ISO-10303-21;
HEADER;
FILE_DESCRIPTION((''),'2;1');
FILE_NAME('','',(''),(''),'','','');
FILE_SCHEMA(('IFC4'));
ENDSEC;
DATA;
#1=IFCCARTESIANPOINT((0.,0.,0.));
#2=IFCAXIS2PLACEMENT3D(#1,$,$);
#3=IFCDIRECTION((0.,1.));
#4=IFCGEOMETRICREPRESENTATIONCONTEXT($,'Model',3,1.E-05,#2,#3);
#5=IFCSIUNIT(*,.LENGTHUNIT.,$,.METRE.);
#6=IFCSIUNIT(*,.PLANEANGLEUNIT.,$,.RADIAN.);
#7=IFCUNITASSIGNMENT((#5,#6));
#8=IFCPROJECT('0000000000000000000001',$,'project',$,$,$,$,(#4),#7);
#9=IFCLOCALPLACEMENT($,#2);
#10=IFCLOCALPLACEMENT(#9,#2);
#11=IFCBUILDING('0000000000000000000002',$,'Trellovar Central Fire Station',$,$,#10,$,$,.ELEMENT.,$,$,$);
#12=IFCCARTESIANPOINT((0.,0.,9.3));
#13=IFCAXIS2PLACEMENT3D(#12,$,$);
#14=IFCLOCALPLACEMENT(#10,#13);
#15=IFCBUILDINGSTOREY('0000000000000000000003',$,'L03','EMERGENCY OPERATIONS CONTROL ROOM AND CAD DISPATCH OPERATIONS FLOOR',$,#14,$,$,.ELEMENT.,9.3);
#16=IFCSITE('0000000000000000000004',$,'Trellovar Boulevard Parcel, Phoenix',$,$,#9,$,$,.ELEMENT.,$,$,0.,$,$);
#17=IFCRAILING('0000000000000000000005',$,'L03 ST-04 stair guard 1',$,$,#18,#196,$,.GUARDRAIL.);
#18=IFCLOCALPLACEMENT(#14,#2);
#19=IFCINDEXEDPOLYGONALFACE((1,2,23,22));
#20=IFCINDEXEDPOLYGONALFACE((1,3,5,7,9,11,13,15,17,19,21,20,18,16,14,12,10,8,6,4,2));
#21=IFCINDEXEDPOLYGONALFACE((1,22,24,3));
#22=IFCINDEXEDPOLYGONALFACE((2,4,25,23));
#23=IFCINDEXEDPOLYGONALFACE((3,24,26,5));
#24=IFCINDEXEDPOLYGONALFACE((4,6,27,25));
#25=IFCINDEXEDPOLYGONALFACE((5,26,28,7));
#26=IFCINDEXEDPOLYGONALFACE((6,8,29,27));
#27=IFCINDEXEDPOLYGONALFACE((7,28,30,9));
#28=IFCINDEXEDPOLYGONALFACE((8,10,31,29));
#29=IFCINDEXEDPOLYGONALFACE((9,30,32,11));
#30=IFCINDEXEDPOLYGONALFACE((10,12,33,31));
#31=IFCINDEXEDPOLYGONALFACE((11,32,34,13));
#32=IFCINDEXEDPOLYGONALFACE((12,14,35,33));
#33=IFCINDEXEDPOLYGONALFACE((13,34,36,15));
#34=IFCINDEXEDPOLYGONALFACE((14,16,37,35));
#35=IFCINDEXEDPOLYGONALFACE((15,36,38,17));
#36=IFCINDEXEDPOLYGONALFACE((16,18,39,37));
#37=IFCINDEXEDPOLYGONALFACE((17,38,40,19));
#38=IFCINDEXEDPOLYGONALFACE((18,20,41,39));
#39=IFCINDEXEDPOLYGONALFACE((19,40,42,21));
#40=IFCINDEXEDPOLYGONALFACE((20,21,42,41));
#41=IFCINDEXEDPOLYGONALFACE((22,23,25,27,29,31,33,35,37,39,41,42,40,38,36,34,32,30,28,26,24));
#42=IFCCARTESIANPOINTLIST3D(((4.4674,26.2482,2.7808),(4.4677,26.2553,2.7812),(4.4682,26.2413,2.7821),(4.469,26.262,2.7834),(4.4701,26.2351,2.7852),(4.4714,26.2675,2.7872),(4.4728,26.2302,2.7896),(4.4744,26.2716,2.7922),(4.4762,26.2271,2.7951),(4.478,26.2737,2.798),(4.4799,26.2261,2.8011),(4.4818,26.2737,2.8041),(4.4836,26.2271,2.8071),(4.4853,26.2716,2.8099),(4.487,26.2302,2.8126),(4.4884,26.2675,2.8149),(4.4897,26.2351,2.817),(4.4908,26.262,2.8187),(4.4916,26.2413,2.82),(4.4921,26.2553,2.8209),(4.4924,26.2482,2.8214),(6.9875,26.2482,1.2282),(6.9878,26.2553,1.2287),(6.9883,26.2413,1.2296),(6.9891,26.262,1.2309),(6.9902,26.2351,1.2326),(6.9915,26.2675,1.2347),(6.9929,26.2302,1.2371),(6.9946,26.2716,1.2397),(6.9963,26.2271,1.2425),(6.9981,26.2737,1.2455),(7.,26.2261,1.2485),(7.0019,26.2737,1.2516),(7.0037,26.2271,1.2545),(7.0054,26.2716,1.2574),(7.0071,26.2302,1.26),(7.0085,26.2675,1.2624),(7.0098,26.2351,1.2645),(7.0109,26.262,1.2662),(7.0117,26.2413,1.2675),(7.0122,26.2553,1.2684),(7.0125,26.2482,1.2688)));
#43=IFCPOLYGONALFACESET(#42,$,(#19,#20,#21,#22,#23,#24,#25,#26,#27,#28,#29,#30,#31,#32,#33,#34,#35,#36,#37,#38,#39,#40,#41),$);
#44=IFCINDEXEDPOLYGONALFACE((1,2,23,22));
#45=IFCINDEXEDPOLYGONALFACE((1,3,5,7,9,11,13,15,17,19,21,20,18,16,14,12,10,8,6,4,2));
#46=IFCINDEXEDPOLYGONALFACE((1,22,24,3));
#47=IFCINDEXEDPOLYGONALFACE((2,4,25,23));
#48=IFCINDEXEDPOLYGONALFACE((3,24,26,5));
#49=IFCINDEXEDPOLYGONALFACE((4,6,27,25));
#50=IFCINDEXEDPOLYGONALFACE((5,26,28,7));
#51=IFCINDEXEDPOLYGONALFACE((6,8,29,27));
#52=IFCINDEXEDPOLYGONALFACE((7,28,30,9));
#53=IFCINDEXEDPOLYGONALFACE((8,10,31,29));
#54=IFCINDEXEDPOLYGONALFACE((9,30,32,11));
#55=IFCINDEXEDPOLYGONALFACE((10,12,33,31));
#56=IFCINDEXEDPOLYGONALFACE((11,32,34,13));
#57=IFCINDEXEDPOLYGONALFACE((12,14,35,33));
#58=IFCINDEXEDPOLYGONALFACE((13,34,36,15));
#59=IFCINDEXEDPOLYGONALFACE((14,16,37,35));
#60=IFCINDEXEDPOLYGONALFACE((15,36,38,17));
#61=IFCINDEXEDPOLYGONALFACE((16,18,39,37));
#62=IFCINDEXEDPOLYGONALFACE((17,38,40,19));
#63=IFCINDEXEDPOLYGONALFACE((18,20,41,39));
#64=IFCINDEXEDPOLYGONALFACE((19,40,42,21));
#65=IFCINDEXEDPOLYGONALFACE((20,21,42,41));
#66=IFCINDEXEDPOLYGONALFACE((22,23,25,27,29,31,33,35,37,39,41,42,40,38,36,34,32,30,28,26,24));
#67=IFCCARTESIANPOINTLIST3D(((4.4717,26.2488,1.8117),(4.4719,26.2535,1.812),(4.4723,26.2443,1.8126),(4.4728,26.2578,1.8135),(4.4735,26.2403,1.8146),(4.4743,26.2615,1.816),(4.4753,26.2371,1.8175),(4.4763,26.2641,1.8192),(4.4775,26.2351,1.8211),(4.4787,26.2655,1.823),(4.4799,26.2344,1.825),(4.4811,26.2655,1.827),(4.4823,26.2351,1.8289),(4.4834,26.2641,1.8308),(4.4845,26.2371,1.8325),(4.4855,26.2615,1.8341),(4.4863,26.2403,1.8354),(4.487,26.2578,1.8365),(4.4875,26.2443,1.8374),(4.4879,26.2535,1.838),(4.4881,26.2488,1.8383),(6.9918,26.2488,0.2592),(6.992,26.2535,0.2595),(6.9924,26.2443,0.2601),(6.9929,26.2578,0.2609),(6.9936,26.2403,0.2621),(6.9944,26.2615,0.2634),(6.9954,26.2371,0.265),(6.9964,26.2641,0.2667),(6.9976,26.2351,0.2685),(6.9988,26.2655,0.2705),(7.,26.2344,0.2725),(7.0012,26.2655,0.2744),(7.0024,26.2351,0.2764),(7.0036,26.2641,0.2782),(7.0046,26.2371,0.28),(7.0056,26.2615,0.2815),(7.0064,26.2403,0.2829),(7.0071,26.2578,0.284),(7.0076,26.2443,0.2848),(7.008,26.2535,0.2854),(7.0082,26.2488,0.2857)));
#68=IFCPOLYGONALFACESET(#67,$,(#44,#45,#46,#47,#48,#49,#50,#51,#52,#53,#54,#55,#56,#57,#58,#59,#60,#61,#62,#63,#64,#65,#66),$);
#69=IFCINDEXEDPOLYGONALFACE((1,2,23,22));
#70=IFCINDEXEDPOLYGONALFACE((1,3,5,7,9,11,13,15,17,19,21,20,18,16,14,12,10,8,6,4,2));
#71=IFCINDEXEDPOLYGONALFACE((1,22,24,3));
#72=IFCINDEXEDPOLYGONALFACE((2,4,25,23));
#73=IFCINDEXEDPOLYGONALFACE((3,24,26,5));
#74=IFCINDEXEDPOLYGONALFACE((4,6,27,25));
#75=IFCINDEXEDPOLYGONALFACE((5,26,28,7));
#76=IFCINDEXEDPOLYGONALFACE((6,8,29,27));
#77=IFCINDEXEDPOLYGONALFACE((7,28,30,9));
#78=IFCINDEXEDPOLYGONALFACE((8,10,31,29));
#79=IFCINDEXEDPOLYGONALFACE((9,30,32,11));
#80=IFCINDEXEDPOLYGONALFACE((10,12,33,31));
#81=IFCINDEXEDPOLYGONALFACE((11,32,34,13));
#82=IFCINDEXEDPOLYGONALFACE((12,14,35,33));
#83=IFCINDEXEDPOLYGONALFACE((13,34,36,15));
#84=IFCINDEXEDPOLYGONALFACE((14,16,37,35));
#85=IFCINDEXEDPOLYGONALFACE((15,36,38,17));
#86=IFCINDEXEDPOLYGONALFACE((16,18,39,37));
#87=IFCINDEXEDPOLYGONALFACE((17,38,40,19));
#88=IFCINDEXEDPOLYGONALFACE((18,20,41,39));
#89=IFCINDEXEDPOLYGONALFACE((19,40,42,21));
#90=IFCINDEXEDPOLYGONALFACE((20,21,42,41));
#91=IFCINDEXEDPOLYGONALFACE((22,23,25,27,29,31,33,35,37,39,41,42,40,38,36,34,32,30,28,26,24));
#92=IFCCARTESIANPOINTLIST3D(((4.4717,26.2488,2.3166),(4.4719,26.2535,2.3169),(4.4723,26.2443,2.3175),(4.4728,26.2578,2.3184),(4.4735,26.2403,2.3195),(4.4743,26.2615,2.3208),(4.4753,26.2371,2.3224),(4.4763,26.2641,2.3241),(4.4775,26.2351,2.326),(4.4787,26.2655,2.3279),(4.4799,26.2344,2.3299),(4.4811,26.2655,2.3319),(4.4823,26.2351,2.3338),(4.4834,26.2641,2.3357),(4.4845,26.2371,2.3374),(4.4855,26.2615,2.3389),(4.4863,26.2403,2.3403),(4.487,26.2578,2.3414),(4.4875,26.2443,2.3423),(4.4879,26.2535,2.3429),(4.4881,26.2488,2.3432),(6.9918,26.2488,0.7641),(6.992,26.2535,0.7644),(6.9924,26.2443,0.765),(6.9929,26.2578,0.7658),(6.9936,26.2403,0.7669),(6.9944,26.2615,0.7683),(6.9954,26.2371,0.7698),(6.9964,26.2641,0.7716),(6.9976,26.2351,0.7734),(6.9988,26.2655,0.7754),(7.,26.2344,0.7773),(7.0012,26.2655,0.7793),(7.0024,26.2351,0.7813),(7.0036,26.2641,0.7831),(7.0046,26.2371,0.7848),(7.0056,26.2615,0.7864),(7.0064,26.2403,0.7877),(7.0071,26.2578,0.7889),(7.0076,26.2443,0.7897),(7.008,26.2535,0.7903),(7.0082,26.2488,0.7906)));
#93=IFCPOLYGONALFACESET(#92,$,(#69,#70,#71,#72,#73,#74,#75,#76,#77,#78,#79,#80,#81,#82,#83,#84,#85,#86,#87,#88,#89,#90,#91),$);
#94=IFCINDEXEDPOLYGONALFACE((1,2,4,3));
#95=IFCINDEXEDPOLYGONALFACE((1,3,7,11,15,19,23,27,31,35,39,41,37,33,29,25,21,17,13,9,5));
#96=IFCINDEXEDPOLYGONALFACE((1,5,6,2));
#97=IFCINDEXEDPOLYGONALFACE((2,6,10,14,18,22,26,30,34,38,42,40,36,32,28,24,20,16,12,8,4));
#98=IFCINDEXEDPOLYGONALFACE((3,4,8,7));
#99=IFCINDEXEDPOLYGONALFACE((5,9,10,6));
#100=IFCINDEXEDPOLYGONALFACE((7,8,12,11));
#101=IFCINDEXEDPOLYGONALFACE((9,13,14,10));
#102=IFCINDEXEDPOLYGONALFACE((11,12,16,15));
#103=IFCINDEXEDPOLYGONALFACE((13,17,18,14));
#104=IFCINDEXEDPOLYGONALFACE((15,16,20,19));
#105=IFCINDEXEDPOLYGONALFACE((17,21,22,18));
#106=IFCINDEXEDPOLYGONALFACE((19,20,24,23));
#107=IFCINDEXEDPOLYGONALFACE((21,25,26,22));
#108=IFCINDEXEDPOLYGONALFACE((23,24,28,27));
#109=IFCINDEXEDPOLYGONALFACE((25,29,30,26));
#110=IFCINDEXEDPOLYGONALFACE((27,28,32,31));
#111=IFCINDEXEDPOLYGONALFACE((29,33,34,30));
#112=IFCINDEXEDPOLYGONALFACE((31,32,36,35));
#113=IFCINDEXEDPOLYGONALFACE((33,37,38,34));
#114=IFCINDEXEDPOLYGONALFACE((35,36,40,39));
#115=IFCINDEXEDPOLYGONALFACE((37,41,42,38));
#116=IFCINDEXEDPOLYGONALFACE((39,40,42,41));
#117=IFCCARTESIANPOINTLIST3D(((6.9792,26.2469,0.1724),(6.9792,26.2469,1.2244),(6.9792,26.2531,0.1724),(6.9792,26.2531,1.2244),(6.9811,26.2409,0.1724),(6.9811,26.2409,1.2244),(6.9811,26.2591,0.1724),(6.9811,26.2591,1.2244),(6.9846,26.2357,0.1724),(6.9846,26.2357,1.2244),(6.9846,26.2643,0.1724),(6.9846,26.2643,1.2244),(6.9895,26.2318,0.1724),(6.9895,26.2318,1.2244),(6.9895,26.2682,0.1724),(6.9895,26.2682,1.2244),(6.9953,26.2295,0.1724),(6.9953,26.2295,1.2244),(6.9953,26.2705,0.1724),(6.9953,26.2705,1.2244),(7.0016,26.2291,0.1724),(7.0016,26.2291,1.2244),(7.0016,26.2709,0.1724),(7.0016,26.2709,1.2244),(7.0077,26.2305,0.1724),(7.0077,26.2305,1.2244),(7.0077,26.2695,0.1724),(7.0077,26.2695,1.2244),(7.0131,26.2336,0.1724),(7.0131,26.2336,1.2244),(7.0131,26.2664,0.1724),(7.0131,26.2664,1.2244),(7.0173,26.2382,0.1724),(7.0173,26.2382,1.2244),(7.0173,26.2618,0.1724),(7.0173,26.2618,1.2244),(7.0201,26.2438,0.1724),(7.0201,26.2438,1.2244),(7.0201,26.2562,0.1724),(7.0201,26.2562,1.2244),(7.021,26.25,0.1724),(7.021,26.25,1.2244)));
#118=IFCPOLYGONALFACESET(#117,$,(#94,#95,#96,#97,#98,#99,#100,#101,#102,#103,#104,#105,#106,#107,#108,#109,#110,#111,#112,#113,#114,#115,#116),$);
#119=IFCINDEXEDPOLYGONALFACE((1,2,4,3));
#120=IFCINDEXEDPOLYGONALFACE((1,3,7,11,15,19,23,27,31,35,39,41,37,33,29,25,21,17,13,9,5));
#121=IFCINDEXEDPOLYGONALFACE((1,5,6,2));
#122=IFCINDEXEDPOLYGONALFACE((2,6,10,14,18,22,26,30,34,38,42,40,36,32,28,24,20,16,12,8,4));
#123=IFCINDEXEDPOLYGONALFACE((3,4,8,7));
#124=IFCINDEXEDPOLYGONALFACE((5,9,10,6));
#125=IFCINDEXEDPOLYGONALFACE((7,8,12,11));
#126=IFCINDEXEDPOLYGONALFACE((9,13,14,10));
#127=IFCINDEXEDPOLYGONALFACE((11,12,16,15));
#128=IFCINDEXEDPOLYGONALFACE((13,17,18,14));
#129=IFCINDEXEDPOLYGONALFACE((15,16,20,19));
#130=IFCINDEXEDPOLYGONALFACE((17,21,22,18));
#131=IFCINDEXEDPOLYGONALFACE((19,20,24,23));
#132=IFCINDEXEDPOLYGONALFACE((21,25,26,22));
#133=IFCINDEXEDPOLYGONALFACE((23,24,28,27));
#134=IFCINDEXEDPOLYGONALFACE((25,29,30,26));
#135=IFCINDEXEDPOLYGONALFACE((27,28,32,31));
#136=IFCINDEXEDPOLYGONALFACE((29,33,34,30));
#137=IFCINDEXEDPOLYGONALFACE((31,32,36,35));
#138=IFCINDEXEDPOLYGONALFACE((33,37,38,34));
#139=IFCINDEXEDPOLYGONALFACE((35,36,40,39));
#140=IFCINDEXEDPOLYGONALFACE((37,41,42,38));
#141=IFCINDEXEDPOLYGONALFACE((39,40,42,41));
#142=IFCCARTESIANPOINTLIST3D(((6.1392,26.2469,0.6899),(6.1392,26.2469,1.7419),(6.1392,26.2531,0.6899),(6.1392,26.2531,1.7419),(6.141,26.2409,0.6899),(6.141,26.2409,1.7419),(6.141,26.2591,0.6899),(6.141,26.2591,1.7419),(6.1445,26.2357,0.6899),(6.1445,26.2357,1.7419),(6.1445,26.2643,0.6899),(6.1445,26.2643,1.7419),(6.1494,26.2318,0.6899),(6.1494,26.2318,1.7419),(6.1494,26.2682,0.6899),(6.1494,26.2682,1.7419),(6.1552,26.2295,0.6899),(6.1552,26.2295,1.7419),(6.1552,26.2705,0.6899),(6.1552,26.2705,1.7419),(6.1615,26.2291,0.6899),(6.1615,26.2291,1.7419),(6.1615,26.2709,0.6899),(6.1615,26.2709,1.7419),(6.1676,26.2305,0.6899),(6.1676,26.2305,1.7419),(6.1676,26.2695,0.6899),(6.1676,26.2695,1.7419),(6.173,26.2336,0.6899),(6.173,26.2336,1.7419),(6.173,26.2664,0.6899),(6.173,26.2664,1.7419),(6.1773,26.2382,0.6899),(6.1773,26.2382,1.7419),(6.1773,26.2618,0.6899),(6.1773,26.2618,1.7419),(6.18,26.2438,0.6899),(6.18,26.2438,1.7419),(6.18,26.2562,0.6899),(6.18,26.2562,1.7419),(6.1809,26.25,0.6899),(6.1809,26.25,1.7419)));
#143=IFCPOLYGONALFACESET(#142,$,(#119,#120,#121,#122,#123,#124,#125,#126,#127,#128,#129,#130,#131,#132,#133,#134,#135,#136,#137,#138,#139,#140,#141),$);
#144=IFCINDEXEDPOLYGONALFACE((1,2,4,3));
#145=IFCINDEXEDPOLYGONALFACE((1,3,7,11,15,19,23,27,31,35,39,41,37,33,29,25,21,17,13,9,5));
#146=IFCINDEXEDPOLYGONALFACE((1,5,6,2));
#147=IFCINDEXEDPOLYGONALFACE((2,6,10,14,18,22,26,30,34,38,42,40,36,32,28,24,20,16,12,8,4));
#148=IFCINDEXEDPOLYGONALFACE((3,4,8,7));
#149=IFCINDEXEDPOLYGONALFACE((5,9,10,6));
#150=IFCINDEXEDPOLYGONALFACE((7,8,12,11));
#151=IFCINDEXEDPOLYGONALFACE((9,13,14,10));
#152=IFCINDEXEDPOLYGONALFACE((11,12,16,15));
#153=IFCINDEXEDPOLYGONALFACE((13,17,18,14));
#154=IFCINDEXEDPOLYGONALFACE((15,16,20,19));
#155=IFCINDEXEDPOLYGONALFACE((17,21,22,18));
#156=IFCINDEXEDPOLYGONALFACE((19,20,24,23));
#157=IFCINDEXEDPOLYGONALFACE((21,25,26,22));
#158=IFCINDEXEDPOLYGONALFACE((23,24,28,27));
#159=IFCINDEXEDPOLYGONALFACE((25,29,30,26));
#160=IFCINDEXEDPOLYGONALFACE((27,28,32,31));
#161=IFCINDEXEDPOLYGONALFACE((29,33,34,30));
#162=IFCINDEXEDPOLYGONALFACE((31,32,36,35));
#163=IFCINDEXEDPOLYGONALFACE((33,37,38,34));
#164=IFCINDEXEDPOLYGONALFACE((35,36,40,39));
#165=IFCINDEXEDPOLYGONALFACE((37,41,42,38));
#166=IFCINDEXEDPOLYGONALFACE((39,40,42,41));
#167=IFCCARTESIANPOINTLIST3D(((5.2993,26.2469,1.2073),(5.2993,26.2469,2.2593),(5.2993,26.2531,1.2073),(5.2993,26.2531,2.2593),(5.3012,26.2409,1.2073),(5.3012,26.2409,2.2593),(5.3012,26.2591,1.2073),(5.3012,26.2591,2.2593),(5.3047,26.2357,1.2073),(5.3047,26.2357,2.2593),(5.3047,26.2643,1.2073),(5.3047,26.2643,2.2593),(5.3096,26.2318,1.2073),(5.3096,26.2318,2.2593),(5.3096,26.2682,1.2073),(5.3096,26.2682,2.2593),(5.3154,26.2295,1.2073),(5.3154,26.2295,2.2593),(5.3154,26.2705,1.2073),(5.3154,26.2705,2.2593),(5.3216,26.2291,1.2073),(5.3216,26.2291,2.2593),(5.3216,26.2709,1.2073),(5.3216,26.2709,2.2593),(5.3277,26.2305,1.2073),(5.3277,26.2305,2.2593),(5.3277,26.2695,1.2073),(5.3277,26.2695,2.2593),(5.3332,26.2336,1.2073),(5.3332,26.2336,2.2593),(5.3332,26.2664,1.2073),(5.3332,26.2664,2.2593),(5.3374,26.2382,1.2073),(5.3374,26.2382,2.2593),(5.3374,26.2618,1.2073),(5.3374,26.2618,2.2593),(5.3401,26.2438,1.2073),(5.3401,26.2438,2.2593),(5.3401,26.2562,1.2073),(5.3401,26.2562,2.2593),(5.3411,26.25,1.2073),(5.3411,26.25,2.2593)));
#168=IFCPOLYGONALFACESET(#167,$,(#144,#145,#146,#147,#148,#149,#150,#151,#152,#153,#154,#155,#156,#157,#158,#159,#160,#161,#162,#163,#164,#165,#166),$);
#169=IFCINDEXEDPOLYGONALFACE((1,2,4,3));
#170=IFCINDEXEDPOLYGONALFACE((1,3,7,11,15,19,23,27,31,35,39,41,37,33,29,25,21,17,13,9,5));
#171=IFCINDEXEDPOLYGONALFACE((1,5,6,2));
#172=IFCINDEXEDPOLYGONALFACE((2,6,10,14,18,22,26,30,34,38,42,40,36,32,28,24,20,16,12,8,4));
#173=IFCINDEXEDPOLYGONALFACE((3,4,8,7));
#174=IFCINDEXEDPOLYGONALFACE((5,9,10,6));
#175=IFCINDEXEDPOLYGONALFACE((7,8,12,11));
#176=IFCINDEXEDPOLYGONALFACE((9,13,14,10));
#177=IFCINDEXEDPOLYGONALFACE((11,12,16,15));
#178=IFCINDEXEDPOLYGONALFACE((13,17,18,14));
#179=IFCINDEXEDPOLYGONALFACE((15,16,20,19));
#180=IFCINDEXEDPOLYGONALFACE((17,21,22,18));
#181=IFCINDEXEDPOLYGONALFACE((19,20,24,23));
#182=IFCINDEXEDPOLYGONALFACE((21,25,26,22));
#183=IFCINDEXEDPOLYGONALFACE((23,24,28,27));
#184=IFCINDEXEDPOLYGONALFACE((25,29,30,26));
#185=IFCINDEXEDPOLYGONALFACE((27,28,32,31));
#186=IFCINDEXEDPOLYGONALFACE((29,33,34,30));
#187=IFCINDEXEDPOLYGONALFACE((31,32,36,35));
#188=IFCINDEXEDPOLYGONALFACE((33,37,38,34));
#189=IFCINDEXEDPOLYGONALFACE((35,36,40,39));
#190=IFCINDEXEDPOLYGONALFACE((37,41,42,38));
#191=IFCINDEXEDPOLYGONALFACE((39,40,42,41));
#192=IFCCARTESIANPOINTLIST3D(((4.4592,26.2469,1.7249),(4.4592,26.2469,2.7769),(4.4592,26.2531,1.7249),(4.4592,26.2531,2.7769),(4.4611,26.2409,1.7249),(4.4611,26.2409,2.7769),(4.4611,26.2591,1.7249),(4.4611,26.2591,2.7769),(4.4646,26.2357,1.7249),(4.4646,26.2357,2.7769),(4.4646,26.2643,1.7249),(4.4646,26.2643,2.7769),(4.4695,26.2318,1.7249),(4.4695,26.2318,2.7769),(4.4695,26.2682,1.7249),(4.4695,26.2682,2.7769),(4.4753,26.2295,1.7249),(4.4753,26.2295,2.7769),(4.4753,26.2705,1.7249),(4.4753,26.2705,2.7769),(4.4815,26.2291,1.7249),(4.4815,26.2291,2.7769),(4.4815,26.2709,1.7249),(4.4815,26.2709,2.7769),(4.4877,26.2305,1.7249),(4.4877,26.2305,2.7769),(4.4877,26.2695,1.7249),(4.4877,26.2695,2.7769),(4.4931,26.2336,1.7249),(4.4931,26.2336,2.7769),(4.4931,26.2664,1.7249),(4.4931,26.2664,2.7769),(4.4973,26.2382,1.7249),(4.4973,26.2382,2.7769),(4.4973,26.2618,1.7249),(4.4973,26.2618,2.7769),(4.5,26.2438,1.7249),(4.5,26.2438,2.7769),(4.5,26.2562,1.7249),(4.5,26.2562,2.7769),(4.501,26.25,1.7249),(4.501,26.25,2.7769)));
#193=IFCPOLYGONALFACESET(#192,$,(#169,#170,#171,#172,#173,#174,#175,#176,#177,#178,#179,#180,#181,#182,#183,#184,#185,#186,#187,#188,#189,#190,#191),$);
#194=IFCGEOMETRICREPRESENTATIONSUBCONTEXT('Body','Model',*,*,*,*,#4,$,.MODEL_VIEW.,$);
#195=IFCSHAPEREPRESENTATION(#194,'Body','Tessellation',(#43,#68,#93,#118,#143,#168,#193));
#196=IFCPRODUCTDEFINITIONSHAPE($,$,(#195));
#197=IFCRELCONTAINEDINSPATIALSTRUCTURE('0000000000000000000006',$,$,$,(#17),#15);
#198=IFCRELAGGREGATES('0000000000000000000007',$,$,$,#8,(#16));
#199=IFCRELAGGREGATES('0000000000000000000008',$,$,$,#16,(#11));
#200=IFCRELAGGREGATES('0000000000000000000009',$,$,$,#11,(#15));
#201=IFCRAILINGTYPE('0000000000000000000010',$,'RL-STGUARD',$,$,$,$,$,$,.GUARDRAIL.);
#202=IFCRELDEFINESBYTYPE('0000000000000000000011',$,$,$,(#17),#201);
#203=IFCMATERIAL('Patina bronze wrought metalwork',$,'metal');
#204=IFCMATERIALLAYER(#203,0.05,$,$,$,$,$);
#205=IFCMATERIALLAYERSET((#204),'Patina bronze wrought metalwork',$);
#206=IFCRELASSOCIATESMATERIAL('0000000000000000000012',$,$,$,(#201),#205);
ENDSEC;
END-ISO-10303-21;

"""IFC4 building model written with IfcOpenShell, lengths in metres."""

from ifc_helpers import new_model, si_unit, direction, frame, origin, origin_2d, place, context, subcontext, project, spatial, circle, extrude, material, layer, layer_set, type_object, element, save


model = new_model("IFC4")

# Units and contexts
model_context = context("Model", 3, precision=1e-05, world=origin(), true_north=direction((0.0, 1.0)))
body_context = subcontext(model_context, "Body", "Model", "MODEL_VIEW")
ifc_project = project(units=[si_unit("LENGTHUNIT", "METRE"), si_unit("PLANEANGLEUNIT", "RADIAN")], contexts=[model_context])

# Site, building, storey
site_placement = place(None, origin())
site = spatial("IfcSite", under=ifc_project, at=site_placement, Name="Trellovar Boulevard Parcel, Phoenix", CompositionType="ELEMENT", RefElevation=0.0)
building_placement = place(site_placement, origin())
building = spatial("IfcBuilding", under=site, at=building_placement, Name="Trellovar Central Fire Station", CompositionType="ELEMENT")
storey_placement = place(building_placement, frame((0.0, 0.0, 9.3)))
storey = spatial("IfcBuildingStorey", under=building, at=storey_placement, Name="L03", Description="EMERGENCY OPERATIONS CONTROL ROOM AND CAD DISPATCH OPERATIONS FLOOR", CompositionType="ELEMENT", Elevation=9.3)

# Railing
ifc_material_1 = material(Name="Patina bronze wrought metalwork", Category="metal")
ifc_layer_1 = layer(ifc_material_1, 0.05)
ifc_layer_set_1 = layer_set([ifc_layer_1], Name="Patina bronze wrought metalwork")
railing_type_1 = type_object("IfcRailingType", Name="RL-STGUARD", PredefinedType="GUARDRAIL", material=ifc_layer_set_1)
railing_1_placement = place(storey_placement, frame((7.0, 26.25, 0.1724)))
element("IfcRailing", 1, at=railing_1_placement, inside=storey, type_object=railing_type_1, Name="L03 ST-04 stair guard 1", PredefinedType="GUARDRAIL", context=body_context, shape_type="SweptSolid", body=[
    extrude(circle(Radius=0.0239, at=origin_2d()), frame((0.0, 0.0, 1.0762), z_axis=(-0.8514, 0.0, 0.524516), x_axis=(0.0, -1.0, 0.0)), (0.0, 0.0, 1.0), 2.96),
    extrude(circle(Radius=0.0156, at=origin_2d()), frame((0.0, 0.0, 0.1001), z_axis=(-0.8514, 0.0, 0.524516), x_axis=(0.0, -1.0, 0.0)), (0.0, 0.0, 1.0), 2.96),
    extrude(circle(Radius=0.0156, at=origin_2d()), frame((0.0, 0.0, 0.605), z_axis=(-0.8514, 0.0, 0.524516), x_axis=(0.0, -1.0, 0.0)), (0.0, 0.0, 1.0), 2.96),
    extrude(circle(Radius=0.021, at=origin_2d()), origin(), (0.0, 0.0, 1.0), 1.052),
    extrude(circle(Radius=0.021, at=origin_2d()), frame((-0.8401, 0.0, 0.5176)), (0.0, 0.0, 1.0), 1.052),
    extrude(circle(Radius=0.021, at=origin_2d()), frame((-1.6799, 0.0, 1.0349)), (0.0, 0.0, 1.0), 1.052),
    extrude(circle(Radius=0.021, at=origin_2d()), frame((-2.52, 0.0, 1.5525)), (0.0, 0.0, 1.0), 1.052),
])

save(model, "model.ifc")
